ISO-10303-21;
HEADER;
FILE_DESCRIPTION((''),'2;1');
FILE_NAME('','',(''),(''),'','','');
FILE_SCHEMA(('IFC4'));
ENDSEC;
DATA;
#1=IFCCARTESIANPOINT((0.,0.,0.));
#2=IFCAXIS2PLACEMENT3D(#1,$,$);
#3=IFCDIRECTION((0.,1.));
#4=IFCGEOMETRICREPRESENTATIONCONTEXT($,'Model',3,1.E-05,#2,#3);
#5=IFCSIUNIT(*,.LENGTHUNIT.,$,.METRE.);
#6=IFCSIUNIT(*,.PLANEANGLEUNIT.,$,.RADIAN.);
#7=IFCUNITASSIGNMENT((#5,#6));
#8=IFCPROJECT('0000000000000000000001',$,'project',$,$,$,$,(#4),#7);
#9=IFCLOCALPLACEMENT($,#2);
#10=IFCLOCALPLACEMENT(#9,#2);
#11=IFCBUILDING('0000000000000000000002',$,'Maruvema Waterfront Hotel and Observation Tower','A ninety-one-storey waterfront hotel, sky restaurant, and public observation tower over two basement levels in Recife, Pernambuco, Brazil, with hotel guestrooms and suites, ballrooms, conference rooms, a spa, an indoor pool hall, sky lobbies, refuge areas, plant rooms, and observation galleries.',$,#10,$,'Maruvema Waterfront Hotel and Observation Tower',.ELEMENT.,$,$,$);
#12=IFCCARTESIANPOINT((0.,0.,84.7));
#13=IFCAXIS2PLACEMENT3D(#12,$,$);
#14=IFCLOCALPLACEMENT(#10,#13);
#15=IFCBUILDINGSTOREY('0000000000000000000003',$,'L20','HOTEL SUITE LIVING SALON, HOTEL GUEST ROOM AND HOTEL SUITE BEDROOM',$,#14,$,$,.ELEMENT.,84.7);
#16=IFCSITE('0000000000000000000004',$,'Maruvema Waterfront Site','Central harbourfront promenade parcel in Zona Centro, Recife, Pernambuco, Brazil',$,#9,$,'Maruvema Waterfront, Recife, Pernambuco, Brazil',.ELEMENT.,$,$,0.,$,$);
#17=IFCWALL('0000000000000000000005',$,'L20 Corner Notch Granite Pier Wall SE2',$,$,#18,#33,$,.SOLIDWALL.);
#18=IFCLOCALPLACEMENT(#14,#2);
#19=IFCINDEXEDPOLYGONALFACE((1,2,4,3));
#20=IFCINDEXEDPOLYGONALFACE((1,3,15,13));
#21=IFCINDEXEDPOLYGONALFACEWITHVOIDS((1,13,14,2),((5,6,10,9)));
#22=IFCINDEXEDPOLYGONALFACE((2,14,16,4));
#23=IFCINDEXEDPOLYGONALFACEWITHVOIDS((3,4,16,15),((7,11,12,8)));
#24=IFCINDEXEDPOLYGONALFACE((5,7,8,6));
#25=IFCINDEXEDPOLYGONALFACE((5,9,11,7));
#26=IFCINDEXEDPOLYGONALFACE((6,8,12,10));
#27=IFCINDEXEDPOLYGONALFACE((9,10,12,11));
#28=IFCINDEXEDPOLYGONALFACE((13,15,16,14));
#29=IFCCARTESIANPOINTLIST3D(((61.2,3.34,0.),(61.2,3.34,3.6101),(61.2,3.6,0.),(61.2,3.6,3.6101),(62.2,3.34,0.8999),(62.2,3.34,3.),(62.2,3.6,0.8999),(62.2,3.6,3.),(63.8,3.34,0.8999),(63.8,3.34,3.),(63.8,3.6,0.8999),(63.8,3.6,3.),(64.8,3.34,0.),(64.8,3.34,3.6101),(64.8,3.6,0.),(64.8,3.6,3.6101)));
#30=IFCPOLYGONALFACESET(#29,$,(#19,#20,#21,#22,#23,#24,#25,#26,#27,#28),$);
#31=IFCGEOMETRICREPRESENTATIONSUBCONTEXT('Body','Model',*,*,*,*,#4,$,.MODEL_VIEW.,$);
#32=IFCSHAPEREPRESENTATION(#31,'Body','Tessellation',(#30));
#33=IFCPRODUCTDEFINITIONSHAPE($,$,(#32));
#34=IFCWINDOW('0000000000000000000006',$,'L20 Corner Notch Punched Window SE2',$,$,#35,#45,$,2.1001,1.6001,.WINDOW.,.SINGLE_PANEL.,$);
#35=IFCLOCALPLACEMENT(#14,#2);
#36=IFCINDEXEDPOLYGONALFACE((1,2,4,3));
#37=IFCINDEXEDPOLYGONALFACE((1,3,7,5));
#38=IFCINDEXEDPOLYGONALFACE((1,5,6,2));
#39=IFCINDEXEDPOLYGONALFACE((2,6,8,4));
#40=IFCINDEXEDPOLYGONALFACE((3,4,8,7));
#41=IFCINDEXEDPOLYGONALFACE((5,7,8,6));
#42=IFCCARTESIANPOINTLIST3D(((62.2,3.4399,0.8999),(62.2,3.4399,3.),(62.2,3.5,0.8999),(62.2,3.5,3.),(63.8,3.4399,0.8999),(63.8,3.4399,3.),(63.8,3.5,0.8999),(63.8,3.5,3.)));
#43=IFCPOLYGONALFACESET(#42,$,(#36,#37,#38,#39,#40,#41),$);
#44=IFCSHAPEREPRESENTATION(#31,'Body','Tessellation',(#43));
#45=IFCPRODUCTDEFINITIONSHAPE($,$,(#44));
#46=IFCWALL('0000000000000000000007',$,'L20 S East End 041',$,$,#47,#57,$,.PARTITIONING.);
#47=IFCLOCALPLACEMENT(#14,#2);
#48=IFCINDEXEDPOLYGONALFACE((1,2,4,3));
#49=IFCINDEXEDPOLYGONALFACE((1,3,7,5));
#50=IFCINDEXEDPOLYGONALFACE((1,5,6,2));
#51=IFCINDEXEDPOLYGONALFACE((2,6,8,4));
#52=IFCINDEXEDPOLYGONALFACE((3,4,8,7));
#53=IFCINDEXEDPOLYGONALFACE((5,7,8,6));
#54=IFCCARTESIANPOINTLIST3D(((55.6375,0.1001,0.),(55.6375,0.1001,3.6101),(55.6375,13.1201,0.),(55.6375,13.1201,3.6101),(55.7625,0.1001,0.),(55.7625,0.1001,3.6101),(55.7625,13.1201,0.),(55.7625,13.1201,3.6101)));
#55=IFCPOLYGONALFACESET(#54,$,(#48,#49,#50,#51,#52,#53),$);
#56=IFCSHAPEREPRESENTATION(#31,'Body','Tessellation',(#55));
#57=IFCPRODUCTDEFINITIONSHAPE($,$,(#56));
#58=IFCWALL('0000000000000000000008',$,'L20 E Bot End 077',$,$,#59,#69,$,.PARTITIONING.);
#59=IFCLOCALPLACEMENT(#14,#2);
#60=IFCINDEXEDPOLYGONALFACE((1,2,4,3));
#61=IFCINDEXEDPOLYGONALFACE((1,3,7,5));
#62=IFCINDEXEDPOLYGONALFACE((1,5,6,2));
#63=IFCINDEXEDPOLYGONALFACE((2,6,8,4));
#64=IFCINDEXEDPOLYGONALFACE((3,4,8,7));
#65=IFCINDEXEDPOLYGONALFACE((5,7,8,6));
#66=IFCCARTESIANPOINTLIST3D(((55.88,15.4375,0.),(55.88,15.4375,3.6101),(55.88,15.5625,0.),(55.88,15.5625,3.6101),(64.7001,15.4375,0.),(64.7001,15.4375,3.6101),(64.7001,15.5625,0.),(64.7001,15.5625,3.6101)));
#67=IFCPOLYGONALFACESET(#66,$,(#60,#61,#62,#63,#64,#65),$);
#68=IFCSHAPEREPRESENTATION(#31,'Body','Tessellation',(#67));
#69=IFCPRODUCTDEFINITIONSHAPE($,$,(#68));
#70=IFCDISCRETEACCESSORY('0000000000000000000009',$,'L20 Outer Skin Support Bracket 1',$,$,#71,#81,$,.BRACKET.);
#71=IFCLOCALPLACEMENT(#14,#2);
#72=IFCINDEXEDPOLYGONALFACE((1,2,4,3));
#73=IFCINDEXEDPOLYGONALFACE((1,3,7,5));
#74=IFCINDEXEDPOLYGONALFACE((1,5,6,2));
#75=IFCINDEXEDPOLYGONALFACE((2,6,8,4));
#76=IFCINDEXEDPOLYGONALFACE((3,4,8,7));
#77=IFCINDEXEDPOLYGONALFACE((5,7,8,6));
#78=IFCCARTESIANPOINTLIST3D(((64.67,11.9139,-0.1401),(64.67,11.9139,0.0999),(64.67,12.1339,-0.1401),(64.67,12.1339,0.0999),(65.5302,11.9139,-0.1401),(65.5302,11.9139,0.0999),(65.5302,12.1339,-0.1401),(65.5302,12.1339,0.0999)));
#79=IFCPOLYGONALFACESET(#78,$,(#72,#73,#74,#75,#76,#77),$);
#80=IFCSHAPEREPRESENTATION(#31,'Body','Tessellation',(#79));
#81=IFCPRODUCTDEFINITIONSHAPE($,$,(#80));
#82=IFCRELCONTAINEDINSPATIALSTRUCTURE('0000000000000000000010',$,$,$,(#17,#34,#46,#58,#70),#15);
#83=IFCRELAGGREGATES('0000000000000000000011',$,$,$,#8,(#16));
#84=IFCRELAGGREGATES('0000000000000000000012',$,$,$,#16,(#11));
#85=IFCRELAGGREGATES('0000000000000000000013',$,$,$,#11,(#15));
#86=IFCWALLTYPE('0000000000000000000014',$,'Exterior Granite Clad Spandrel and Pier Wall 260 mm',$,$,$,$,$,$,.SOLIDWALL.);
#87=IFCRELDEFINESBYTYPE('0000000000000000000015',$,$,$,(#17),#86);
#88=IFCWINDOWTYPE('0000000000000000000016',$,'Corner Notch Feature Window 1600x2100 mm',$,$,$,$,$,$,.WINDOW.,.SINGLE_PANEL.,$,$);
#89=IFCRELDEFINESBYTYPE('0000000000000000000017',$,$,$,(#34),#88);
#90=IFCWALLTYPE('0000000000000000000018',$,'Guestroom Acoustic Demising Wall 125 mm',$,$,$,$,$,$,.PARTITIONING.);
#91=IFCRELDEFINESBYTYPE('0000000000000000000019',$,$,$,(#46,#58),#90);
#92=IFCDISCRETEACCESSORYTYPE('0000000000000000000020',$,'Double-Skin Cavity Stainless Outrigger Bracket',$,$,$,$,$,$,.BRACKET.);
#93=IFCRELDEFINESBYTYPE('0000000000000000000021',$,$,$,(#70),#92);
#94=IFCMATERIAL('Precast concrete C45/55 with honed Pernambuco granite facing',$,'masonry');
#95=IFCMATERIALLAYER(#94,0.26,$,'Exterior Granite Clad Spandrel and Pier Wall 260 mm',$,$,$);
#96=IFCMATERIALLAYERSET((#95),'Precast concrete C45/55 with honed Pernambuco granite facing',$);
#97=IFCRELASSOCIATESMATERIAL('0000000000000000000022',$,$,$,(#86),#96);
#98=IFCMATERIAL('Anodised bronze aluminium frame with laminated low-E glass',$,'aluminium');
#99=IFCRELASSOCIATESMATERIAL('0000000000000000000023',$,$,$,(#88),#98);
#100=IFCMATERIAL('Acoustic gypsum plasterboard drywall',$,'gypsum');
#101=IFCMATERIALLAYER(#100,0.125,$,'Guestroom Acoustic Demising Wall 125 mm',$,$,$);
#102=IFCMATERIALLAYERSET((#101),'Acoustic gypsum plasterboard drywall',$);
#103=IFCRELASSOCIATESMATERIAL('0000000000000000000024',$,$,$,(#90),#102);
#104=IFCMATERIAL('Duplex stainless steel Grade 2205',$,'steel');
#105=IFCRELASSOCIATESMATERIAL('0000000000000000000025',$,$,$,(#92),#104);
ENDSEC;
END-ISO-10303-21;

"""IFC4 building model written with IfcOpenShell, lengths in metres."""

from ifc_helpers import new_model, si_unit, direction, frame, frame_2d, origin, origin_2d, place, context, subcontext, project, spatial, rectangle, extrude, material, layer, layer_set, type_object, element, fill, save


model = new_model("IFC4")

# Units and contexts
model_context = context("Model", 3, precision=1e-05, world=origin(), true_north=direction((0.0, 1.0)))
body_context = subcontext(model_context, "Body", "Model", "MODEL_VIEW")
ifc_project = project(units=[si_unit("LENGTHUNIT", "METRE"), si_unit("PLANEANGLEUNIT", "RADIAN")], contexts=[model_context])

# Site, building, storey
site_placement = place(None, origin())
site = spatial("IfcSite", under=ifc_project, at=site_placement, Name="Maruvema Waterfront Site", Description="Central harbourfront promenade parcel in Zona Centro, Recife, Pernambuco, Brazil", LongName="Maruvema Waterfront, Recife, Pernambuco, Brazil", CompositionType="ELEMENT", RefElevation=0.0)
building_placement = place(site_placement, origin())
building = spatial("IfcBuilding", under=site, at=building_placement, Name="Maruvema Waterfront Hotel and Observation Tower", Description="A ninety-one-storey waterfront hotel, sky restaurant, and public observation tower over two basement levels in Recife, Pernambuco, Brazil, with hotel guestrooms and suites, ballrooms, conference rooms, a spa, an indoor pool hall, sky lobbies, refuge areas, plant rooms, and observation galleries.", LongName="Maruvema Waterfront Hotel and Observation Tower", CompositionType="ELEMENT")
storey_placement = place(building_placement, frame((0.0, 0.0, 84.7)))
storey = spatial("IfcBuildingStorey", under=building, at=storey_placement, Name="L20", Description="HOTEL SUITE LIVING SALON, HOTEL GUEST ROOM AND HOTEL SUITE BEDROOM", CompositionType="ELEMENT", Elevation=84.7)

# Shared definitions
ifc_material_1 = material(Name="Precast concrete C45/55 with honed Pernambuco granite facing", Category="masonry")
ifc_layer_1 = layer(ifc_material_1, 0.26, Name="Exterior Granite Clad Spandrel and Pier Wall 260 mm")
ifc_layer_set_1 = layer_set([ifc_layer_1], Name="Precast concrete C45/55 with honed Pernambuco granite facing")
wall_type_1 = type_object("IfcWallType", Name="Exterior Granite Clad Spandrel and Pier Wall 260 mm", PredefinedType="SOLIDWALL", material=ifc_layer_set_1)

# Wall, opening, window
wall_1_placement = place(storey_placement, frame((64.8, 3.47, 0.0), z_axis=(0.0, 0.0, 1.0), x_axis=(-1.0, 0.0, 0.0)))
wall_1 = element("IfcWall", 1, at=wall_1_placement, inside=storey, type_object=wall_type_1, Name="L20 Corner Notch Granite Pier Wall SE2", PredefinedType="SOLIDWALL", context=body_context, shape_type="SweptSolid", body=[
    extrude(rectangle(XDim=3.6001, YDim=0.26, at=frame_2d((1.8, 0.0))), origin(), (0.0, 0.0, 1.0), 3.6101),
])
opening_1_placement = place(wall_1_placement, frame((1.0, 0.0, 0.8999)))
opening_1 = element("IfcOpeningElement", 2, at=opening_1_placement, cuts=wall_1, PredefinedType="OPENING", context=body_context, shape_type="SweptSolid", body=[
    extrude(rectangle(XDim=1.6001, YDim=2.1001, at=frame_2d((0.8, 1.05))), frame((0.0, 0.1401, 0.0), z_axis=(0.0, -1.0, 0.0), x_axis=(1.0, 0.0, 0.0)), (0.0, 0.0, 1.0), 0.28),
])
ifc_material_2 = material(Name="Anodised bronze aluminium frame with laminated low-E glass", Category="aluminium")
window_type = type_object("IfcWindowType", Name="Corner Notch Feature Window 1600x2100 mm", PartitioningType="SINGLE_PANEL", PredefinedType="WINDOW", material=ifc_material_2)
window_placement = place(opening_1_placement, origin())
window = element("IfcWindow", 3, at=window_placement, inside=storey, type_object=window_type, Name="L20 Corner Notch Punched Window SE2", OverallHeight=2.1001, OverallWidth=1.6001, PartitioningType="SINGLE_PANEL", PredefinedType="WINDOW", context=body_context, shape_type="SweptSolid", body=[
    extrude(rectangle(XDim=1.6001, YDim=2.1001, at=frame_2d((0.8, 1.05))), frame((0.0, 0.03, 0.0), z_axis=(0.0, -1.0, 0.0), x_axis=(1.0, 0.0, 0.0)), (0.0, 0.0, 1.0), 0.0601),
])
fill(opening_1, window)

# Walls
ifc_material_3 = material(Name="Acoustic gypsum plasterboard drywall", Category="gypsum")
ifc_layer_2 = layer(ifc_material_3, 0.125, Name="Guestroom Acoustic Demising Wall 125 mm")
ifc_layer_set_2 = layer_set([ifc_layer_2], Name="Acoustic gypsum plasterboard drywall")
wall_type_2 = type_object("IfcWallType", Name="Guestroom Acoustic Demising Wall 125 mm", PredefinedType="PARTITIONING", material=ifc_layer_set_2)
wall_2_placement = place(storey_placement, frame((55.7, 0.1001, 0.0), z_axis=(0.0, 0.0, 1.0), x_axis=(0.0, 1.0, 0.0)))
element("IfcWall", 4, at=wall_2_placement, inside=storey, type_object=wall_type_2, Name="L20 S East End 041", PredefinedType="PARTITIONING", context=body_context, shape_type="SweptSolid", body=[
    extrude(rectangle(XDim=13.02, YDim=0.125, at=frame_2d((6.51, 0.0))), origin(), (0.0, 0.0, 1.0), 3.6101),
])
wall_3_placement = place(storey_placement, frame((55.8799, 15.5, 0.0), z_axis=(0.0, 0.0, 1.0), x_axis=(1.0, 0.0, 0.0)))
element("IfcWall", 5, at=wall_3_placement, inside=storey, type_object=wall_type_2, Name="L20 E Bot End 077", PredefinedType="PARTITIONING", context=body_context, shape_type="SweptSolid", body=[
    extrude(rectangle(XDim=8.8201, YDim=0.125, at=frame_2d((4.4102, 0.0))), origin(), (0.0, 0.0, 1.0), 3.6101),
])

# Discrete accessory
ifc_material_4 = material(Name="Duplex stainless steel Grade 2205", Category="steel")
discrete_accessory_type = type_object("IfcDiscreteAccessoryType", Name="Double-Skin Cavity Stainless Outrigger Bracket", PredefinedType="BRACKET", material=ifc_material_4)
discrete_accessory_placement = place(storey_placement, frame((65.1001, 12.0239, -0.1401), z_axis=(0.0, 0.0, 1.0), x_axis=(0.0, 1.0, 0.0)))
element("IfcDiscreteAccessory", 6, at=discrete_accessory_placement, inside=storey, type_object=discrete_accessory_type, Name="L20 Outer Skin Support Bracket 1", PredefinedType="BRACKET", context=body_context, shape_type="SweptSolid", body=[
    extrude(rectangle(XDim=0.22, YDim=0.8601, at=origin_2d()), origin(), (0.0, 0.0, 1.0), 0.24),
])

save(model, "model.ifc")
